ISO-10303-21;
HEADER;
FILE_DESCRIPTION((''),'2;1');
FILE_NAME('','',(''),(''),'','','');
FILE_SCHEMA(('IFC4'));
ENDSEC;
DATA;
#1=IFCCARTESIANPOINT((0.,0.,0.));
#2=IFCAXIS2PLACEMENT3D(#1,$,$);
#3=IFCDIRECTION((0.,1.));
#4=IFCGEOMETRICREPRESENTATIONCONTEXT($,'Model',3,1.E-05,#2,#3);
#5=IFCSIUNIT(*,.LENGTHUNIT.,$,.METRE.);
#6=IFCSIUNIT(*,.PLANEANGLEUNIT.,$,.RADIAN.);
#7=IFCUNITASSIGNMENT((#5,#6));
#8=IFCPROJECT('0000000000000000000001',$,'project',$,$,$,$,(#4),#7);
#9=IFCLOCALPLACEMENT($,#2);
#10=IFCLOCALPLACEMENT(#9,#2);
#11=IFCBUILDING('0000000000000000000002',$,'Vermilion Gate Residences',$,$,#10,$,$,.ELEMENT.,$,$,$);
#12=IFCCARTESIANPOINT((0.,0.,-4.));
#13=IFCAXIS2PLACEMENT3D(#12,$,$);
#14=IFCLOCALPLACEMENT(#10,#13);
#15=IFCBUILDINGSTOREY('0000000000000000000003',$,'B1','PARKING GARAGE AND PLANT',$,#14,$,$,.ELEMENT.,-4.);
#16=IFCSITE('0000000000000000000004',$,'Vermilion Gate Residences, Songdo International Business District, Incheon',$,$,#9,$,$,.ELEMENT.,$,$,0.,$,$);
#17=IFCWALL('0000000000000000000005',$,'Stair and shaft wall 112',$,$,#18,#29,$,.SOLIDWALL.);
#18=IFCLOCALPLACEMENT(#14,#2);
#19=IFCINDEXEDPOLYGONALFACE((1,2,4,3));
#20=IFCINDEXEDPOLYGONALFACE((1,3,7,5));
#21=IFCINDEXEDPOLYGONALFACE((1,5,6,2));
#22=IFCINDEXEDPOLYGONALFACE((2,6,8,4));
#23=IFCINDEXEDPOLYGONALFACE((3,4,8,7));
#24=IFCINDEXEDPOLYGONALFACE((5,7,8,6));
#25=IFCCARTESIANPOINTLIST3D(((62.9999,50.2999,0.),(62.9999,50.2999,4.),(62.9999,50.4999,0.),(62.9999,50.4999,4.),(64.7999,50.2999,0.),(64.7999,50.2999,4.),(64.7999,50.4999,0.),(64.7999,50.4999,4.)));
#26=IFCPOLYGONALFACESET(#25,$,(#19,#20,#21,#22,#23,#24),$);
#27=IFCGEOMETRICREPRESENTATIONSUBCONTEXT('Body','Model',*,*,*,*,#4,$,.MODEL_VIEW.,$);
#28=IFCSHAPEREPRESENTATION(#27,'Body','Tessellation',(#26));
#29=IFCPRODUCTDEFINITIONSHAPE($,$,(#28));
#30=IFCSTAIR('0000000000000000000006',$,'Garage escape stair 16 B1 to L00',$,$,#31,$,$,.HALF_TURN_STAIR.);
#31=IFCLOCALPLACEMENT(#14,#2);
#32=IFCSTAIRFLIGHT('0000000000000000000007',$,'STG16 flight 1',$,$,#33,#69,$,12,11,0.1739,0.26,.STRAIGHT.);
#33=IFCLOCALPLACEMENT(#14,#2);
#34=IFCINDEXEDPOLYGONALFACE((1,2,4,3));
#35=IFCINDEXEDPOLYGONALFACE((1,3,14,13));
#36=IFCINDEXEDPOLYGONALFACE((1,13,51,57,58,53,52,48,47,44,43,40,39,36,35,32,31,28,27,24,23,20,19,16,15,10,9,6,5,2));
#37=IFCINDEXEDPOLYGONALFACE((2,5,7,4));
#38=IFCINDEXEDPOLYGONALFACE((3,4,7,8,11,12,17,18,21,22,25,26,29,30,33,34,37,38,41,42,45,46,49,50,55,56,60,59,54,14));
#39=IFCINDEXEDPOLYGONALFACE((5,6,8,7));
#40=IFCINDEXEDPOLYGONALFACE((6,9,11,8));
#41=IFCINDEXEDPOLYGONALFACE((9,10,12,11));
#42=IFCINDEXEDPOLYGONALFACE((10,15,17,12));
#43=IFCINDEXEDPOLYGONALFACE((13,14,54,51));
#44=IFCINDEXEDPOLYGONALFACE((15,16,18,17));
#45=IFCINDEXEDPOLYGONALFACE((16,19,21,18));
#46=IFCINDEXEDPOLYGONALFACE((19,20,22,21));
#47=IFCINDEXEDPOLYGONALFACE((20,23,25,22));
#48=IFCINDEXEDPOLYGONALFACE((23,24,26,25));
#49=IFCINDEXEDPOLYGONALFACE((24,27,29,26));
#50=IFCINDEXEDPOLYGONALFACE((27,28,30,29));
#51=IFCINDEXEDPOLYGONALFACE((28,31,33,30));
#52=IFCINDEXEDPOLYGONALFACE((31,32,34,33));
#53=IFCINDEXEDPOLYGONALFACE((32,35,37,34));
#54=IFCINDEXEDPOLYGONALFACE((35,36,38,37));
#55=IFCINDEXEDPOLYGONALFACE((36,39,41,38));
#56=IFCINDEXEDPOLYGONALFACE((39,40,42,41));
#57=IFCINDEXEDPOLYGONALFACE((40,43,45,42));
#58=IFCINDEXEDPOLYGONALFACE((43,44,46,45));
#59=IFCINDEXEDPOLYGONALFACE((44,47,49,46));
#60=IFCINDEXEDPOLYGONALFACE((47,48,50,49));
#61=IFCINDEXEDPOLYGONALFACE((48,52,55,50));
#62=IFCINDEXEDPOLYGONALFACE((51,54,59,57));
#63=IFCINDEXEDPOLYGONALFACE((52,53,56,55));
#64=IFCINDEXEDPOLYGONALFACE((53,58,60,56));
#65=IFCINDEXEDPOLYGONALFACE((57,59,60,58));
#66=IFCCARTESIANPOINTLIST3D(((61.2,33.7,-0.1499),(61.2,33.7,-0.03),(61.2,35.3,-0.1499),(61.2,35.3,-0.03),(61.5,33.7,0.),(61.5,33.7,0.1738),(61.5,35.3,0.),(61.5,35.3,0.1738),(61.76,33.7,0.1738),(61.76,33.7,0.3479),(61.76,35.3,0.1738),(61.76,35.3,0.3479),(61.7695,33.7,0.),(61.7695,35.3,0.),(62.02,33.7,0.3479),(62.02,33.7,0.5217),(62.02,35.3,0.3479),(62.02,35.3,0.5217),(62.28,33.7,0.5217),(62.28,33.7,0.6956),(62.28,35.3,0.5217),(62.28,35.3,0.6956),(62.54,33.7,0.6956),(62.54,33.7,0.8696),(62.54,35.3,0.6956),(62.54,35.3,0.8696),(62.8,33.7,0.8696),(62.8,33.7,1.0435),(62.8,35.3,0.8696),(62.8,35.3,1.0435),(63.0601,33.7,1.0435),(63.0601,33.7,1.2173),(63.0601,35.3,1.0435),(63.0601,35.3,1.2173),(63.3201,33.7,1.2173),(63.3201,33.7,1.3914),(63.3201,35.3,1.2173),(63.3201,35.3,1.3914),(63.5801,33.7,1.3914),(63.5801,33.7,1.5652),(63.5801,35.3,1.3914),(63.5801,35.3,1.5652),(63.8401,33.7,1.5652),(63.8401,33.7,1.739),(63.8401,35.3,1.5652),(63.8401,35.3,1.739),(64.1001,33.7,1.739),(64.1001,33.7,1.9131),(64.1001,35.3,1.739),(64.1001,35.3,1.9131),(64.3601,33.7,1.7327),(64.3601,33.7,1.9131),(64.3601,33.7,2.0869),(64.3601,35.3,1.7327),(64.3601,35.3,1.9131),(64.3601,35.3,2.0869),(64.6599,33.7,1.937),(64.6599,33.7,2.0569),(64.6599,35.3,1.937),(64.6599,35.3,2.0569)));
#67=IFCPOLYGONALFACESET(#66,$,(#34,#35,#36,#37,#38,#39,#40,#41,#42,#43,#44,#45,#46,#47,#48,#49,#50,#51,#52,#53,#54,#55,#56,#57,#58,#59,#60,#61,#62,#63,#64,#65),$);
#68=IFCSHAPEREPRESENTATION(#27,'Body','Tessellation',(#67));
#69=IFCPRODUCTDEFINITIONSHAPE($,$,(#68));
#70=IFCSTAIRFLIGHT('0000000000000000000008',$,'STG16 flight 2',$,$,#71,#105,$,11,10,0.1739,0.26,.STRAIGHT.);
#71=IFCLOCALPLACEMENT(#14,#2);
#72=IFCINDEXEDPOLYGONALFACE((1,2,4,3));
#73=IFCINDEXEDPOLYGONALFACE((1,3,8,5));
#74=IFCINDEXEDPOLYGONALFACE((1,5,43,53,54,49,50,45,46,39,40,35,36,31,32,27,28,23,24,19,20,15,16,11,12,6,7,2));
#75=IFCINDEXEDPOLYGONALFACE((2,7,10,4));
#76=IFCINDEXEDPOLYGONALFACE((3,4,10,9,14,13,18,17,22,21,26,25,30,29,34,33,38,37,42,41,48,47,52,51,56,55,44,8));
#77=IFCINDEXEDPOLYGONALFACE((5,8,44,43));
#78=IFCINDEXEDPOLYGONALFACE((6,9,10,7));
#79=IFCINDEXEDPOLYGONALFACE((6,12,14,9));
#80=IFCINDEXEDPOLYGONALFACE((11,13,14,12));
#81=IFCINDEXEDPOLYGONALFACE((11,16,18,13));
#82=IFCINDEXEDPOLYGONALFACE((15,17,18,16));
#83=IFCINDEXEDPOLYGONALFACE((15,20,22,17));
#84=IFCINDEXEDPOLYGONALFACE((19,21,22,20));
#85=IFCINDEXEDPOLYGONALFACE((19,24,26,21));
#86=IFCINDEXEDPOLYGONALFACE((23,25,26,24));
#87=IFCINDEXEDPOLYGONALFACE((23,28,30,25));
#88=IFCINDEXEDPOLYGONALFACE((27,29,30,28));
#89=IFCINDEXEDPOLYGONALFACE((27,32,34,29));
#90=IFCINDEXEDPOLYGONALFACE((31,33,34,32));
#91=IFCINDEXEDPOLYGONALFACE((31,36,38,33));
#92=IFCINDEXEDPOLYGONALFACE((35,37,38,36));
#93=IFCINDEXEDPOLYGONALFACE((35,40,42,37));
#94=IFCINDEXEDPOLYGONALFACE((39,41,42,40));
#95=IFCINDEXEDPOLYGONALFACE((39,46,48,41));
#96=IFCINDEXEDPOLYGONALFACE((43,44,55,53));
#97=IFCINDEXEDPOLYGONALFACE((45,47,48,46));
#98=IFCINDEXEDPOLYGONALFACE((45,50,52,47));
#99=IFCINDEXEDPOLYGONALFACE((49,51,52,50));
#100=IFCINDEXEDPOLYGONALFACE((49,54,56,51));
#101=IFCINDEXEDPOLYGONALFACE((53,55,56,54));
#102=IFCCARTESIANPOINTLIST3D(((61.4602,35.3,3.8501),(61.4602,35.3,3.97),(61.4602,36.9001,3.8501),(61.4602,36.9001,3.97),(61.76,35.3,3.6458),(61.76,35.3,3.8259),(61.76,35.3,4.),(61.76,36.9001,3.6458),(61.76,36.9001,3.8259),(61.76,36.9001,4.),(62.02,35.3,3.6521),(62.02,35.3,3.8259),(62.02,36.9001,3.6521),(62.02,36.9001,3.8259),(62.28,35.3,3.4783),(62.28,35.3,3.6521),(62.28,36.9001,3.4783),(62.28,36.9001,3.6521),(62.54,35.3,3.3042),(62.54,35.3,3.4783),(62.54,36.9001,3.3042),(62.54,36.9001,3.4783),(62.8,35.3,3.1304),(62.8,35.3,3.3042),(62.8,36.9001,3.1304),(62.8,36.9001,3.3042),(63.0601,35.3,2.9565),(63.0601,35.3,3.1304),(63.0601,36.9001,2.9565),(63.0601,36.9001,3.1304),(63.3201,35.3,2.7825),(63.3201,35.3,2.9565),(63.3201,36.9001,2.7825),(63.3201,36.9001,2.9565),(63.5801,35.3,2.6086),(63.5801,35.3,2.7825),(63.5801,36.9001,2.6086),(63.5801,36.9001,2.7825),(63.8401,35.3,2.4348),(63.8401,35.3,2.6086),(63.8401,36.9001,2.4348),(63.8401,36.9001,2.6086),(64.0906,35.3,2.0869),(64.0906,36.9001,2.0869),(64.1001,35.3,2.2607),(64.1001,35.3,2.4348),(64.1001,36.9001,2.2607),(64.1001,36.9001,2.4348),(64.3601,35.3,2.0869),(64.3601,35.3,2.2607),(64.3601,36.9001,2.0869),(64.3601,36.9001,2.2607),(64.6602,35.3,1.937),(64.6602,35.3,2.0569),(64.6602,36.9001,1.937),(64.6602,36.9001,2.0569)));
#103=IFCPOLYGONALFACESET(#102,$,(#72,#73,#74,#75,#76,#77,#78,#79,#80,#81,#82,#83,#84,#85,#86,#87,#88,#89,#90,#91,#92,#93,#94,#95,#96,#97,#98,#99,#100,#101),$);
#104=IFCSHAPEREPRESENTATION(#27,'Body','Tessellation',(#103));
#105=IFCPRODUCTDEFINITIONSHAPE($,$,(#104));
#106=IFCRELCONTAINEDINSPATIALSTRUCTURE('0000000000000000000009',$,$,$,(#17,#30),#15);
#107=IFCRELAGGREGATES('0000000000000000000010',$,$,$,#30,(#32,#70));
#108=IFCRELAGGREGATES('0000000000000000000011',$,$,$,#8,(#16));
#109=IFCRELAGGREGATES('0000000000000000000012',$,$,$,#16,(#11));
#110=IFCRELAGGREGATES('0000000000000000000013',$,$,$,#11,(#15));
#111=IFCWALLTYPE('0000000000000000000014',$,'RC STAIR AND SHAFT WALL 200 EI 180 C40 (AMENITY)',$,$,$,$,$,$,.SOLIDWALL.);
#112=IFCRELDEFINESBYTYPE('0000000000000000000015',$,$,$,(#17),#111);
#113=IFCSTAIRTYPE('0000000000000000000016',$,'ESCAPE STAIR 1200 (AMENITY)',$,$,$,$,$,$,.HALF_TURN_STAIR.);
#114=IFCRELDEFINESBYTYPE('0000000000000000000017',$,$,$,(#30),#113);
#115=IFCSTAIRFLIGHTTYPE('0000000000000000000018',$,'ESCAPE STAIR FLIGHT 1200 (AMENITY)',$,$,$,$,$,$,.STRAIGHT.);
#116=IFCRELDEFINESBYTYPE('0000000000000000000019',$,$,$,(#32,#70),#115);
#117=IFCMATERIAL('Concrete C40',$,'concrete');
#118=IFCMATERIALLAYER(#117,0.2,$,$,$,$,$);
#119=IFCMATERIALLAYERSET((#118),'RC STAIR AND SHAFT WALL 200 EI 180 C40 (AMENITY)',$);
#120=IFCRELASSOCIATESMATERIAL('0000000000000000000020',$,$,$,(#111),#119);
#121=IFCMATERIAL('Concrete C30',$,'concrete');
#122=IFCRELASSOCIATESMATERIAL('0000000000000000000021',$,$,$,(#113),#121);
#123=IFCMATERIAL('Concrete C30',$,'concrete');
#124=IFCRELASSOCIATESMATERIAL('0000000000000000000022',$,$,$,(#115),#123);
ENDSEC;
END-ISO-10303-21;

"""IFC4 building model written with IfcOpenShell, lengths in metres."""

from ifc_helpers import new_model, si_unit, direction, frame, frame_2d, origin, place, context, subcontext, project, spatial, polyline, rectangle, outline, extrude, material, layer, layer_set, type_object, element, aggregate, save


model = new_model("IFC4")

# Units and contexts
model_context = context("Model", 3, precision=1e-05, world=origin(), true_north=direction((0.0, 1.0)))
body_context = subcontext(model_context, "Body", "Model", "MODEL_VIEW")
ifc_project = project(units=[si_unit("LENGTHUNIT", "METRE"), si_unit("PLANEANGLEUNIT", "RADIAN")], contexts=[model_context])

# Site, building, storey
site_placement = place(None, origin())
site = spatial("IfcSite", under=ifc_project, at=site_placement, Name="Vermilion Gate Residences, Songdo International Business District, Incheon", CompositionType="ELEMENT", RefElevation=0.0)
building_placement = place(site_placement, origin())
building = spatial("IfcBuilding", under=site, at=building_placement, Name="Vermilion Gate Residences", CompositionType="ELEMENT")
storey_placement = place(building_placement, frame((0.0, 0.0, -4.0)))
storey = spatial("IfcBuildingStorey", under=building, at=storey_placement, Name="B1", Description="PARKING GARAGE AND PLANT", CompositionType="ELEMENT", Elevation=-4.0)

# Shared definitions
ifc_material_1 = material(Name="Concrete C40", Category="concrete")
ifc_layer = layer(ifc_material_1, 0.2)
ifc_layer_set = layer_set([ifc_layer], Name="RC STAIR AND SHAFT WALL 200 EI 180 C40 (AMENITY)")
wall_type = type_object("IfcWallType", Name="RC STAIR AND SHAFT WALL 200 EI 180 C40 (AMENITY)", PredefinedType="SOLIDWALL", material=ifc_layer_set)

# Wall
wall_1_placement = place(storey_placement, frame((63.0, 50.3999, 0.0), z_axis=(0.0, 0.0, 1.0), x_axis=(1.0, 0.0, 0.0)))
element("IfcWall", 1, at=wall_1_placement, inside=storey, type_object=wall_type, Name="Stair and shaft wall 112", PredefinedType="SOLIDWALL", context=body_context, shape_type="SweptSolid", body=[
    extrude(rectangle(XDim=1.8, YDim=0.2, at=frame_2d((0.8999, 0.0))), origin(), (0.0, 0.0, 1.0), 4.0),
])

# Stair, stair flights
ifc_material_2 = material(Name="Concrete C30", Category="concrete")
stair_type = type_object("IfcStairType", Name="ESCAPE STAIR 1200 (AMENITY)", PredefinedType="HALF_TURN_STAIR", material=ifc_material_2)
stair_placement = place(storey_placement, origin())
stair = element("IfcStair", 2, at=stair_placement, inside=storey, type_object=stair_type, Name="Garage escape stair 16 B1 to L00", PredefinedType="HALF_TURN_STAIR")
ifc_material_3 = material(Name="Concrete C30", Category="concrete")
stair_flight_type = type_object("IfcStairFlightType", Name="ESCAPE STAIR FLIGHT 1200 (AMENITY)", PredefinedType="STRAIGHT", material=ifc_material_3)
stair_flight_1_placement = place(storey_placement, frame((61.5, 34.5, 0.0), z_axis=(0.0, 0.0, 1.0), x_axis=(1.0, 0.0, 0.0)))
stair_flight_1 = element("IfcStairFlight", 3, at=stair_flight_1_placement, type_object=stair_flight_type, Name="STG16 flight 1", NumberOfRisers=12, NumberOfTreads=11, PredefinedType="STRAIGHT", RiserHeight=0.1739, TreadLength=0.26, context=body_context, shape_type="SweptSolid", body=[
    extrude(outline(polyline([(-0.3, -0.1499), (-0.3, -0.03), (0.0, 0.0), (0.0, 0.1738), (0.26, 0.1738), (0.26, 0.3479), (0.52, 0.3479), (0.52, 0.5217), (0.78, 0.5217), (0.78, 0.6956), (1.04, 0.6956), (1.04, 0.8696), (1.3, 0.8696), (1.3, 1.0435), (1.5601, 1.0435), (1.5601, 1.2173), (1.8201, 1.2173), (1.8201, 1.3914), (2.0801, 1.3914), (2.0801, 1.5652), (2.3401, 1.5652), (2.3401, 1.739), (2.6001, 1.739), (2.6001, 1.9131), (2.8601, 1.9131), (2.8601, 2.0869), (3.1599, 2.0569), (3.1599, 1.937), (2.8601, 1.7327), (0.2695, 0.0), (-0.3, -0.1499)])), frame((0.0, 0.8, 0.0), z_axis=(0.0, -1.0, 0.0), x_axis=(1.0, 0.0, 0.0)), (0.0, 0.0, 1.0), 1.6001),
])
stair_flight_2_placement = place(storey_placement, frame((64.3601, 36.1001, 2.0869), z_axis=(0.0, 0.0, 1.0), x_axis=(-1.0, 0.0, 0.0)))
stair_flight_2 = element("IfcStairFlight", 4, at=stair_flight_2_placement, type_object=stair_flight_type, Name="STG16 flight 2", NumberOfRisers=11, NumberOfTreads=10, PredefinedType="STRAIGHT", RiserHeight=0.1739, TreadLength=0.26, context=body_context, shape_type="SweptSolid", body=[
    extrude(outline(polyline([(-0.3, -0.1499), (-0.3, -0.03), (0.0, 0.0), (0.0, 0.1738), (0.26, 0.1738), (0.26, 0.3479), (0.52, 0.3479), (0.52, 0.5217), (0.78, 0.5217), (0.78, 0.6956), (1.04, 0.6956), (1.04, 0.8696), (1.3, 0.8696), (1.3, 1.0435), (1.5601, 1.0435), (1.5601, 1.2173), (1.8201, 1.2173), (1.8201, 1.3914), (2.0801, 1.3914), (2.0801, 1.5652), (2.3401, 1.5652), (2.3401, 1.739), (2.6001, 1.739), (2.6001, 1.9131), (2.8999, 1.8831), (2.8999, 1.7632), (2.6001, 1.5588), (0.2695, 0.0), (-0.3, -0.1499)])), frame((0.0, 0.8, 0.0), z_axis=(0.0, -1.0, 0.0), x_axis=(1.0, 0.0, 0.0)), (0.0, 0.0, 1.0), 1.6001),
])
aggregate(stair, [stair_flight_1, stair_flight_2])

save(model, "model.ifc")
